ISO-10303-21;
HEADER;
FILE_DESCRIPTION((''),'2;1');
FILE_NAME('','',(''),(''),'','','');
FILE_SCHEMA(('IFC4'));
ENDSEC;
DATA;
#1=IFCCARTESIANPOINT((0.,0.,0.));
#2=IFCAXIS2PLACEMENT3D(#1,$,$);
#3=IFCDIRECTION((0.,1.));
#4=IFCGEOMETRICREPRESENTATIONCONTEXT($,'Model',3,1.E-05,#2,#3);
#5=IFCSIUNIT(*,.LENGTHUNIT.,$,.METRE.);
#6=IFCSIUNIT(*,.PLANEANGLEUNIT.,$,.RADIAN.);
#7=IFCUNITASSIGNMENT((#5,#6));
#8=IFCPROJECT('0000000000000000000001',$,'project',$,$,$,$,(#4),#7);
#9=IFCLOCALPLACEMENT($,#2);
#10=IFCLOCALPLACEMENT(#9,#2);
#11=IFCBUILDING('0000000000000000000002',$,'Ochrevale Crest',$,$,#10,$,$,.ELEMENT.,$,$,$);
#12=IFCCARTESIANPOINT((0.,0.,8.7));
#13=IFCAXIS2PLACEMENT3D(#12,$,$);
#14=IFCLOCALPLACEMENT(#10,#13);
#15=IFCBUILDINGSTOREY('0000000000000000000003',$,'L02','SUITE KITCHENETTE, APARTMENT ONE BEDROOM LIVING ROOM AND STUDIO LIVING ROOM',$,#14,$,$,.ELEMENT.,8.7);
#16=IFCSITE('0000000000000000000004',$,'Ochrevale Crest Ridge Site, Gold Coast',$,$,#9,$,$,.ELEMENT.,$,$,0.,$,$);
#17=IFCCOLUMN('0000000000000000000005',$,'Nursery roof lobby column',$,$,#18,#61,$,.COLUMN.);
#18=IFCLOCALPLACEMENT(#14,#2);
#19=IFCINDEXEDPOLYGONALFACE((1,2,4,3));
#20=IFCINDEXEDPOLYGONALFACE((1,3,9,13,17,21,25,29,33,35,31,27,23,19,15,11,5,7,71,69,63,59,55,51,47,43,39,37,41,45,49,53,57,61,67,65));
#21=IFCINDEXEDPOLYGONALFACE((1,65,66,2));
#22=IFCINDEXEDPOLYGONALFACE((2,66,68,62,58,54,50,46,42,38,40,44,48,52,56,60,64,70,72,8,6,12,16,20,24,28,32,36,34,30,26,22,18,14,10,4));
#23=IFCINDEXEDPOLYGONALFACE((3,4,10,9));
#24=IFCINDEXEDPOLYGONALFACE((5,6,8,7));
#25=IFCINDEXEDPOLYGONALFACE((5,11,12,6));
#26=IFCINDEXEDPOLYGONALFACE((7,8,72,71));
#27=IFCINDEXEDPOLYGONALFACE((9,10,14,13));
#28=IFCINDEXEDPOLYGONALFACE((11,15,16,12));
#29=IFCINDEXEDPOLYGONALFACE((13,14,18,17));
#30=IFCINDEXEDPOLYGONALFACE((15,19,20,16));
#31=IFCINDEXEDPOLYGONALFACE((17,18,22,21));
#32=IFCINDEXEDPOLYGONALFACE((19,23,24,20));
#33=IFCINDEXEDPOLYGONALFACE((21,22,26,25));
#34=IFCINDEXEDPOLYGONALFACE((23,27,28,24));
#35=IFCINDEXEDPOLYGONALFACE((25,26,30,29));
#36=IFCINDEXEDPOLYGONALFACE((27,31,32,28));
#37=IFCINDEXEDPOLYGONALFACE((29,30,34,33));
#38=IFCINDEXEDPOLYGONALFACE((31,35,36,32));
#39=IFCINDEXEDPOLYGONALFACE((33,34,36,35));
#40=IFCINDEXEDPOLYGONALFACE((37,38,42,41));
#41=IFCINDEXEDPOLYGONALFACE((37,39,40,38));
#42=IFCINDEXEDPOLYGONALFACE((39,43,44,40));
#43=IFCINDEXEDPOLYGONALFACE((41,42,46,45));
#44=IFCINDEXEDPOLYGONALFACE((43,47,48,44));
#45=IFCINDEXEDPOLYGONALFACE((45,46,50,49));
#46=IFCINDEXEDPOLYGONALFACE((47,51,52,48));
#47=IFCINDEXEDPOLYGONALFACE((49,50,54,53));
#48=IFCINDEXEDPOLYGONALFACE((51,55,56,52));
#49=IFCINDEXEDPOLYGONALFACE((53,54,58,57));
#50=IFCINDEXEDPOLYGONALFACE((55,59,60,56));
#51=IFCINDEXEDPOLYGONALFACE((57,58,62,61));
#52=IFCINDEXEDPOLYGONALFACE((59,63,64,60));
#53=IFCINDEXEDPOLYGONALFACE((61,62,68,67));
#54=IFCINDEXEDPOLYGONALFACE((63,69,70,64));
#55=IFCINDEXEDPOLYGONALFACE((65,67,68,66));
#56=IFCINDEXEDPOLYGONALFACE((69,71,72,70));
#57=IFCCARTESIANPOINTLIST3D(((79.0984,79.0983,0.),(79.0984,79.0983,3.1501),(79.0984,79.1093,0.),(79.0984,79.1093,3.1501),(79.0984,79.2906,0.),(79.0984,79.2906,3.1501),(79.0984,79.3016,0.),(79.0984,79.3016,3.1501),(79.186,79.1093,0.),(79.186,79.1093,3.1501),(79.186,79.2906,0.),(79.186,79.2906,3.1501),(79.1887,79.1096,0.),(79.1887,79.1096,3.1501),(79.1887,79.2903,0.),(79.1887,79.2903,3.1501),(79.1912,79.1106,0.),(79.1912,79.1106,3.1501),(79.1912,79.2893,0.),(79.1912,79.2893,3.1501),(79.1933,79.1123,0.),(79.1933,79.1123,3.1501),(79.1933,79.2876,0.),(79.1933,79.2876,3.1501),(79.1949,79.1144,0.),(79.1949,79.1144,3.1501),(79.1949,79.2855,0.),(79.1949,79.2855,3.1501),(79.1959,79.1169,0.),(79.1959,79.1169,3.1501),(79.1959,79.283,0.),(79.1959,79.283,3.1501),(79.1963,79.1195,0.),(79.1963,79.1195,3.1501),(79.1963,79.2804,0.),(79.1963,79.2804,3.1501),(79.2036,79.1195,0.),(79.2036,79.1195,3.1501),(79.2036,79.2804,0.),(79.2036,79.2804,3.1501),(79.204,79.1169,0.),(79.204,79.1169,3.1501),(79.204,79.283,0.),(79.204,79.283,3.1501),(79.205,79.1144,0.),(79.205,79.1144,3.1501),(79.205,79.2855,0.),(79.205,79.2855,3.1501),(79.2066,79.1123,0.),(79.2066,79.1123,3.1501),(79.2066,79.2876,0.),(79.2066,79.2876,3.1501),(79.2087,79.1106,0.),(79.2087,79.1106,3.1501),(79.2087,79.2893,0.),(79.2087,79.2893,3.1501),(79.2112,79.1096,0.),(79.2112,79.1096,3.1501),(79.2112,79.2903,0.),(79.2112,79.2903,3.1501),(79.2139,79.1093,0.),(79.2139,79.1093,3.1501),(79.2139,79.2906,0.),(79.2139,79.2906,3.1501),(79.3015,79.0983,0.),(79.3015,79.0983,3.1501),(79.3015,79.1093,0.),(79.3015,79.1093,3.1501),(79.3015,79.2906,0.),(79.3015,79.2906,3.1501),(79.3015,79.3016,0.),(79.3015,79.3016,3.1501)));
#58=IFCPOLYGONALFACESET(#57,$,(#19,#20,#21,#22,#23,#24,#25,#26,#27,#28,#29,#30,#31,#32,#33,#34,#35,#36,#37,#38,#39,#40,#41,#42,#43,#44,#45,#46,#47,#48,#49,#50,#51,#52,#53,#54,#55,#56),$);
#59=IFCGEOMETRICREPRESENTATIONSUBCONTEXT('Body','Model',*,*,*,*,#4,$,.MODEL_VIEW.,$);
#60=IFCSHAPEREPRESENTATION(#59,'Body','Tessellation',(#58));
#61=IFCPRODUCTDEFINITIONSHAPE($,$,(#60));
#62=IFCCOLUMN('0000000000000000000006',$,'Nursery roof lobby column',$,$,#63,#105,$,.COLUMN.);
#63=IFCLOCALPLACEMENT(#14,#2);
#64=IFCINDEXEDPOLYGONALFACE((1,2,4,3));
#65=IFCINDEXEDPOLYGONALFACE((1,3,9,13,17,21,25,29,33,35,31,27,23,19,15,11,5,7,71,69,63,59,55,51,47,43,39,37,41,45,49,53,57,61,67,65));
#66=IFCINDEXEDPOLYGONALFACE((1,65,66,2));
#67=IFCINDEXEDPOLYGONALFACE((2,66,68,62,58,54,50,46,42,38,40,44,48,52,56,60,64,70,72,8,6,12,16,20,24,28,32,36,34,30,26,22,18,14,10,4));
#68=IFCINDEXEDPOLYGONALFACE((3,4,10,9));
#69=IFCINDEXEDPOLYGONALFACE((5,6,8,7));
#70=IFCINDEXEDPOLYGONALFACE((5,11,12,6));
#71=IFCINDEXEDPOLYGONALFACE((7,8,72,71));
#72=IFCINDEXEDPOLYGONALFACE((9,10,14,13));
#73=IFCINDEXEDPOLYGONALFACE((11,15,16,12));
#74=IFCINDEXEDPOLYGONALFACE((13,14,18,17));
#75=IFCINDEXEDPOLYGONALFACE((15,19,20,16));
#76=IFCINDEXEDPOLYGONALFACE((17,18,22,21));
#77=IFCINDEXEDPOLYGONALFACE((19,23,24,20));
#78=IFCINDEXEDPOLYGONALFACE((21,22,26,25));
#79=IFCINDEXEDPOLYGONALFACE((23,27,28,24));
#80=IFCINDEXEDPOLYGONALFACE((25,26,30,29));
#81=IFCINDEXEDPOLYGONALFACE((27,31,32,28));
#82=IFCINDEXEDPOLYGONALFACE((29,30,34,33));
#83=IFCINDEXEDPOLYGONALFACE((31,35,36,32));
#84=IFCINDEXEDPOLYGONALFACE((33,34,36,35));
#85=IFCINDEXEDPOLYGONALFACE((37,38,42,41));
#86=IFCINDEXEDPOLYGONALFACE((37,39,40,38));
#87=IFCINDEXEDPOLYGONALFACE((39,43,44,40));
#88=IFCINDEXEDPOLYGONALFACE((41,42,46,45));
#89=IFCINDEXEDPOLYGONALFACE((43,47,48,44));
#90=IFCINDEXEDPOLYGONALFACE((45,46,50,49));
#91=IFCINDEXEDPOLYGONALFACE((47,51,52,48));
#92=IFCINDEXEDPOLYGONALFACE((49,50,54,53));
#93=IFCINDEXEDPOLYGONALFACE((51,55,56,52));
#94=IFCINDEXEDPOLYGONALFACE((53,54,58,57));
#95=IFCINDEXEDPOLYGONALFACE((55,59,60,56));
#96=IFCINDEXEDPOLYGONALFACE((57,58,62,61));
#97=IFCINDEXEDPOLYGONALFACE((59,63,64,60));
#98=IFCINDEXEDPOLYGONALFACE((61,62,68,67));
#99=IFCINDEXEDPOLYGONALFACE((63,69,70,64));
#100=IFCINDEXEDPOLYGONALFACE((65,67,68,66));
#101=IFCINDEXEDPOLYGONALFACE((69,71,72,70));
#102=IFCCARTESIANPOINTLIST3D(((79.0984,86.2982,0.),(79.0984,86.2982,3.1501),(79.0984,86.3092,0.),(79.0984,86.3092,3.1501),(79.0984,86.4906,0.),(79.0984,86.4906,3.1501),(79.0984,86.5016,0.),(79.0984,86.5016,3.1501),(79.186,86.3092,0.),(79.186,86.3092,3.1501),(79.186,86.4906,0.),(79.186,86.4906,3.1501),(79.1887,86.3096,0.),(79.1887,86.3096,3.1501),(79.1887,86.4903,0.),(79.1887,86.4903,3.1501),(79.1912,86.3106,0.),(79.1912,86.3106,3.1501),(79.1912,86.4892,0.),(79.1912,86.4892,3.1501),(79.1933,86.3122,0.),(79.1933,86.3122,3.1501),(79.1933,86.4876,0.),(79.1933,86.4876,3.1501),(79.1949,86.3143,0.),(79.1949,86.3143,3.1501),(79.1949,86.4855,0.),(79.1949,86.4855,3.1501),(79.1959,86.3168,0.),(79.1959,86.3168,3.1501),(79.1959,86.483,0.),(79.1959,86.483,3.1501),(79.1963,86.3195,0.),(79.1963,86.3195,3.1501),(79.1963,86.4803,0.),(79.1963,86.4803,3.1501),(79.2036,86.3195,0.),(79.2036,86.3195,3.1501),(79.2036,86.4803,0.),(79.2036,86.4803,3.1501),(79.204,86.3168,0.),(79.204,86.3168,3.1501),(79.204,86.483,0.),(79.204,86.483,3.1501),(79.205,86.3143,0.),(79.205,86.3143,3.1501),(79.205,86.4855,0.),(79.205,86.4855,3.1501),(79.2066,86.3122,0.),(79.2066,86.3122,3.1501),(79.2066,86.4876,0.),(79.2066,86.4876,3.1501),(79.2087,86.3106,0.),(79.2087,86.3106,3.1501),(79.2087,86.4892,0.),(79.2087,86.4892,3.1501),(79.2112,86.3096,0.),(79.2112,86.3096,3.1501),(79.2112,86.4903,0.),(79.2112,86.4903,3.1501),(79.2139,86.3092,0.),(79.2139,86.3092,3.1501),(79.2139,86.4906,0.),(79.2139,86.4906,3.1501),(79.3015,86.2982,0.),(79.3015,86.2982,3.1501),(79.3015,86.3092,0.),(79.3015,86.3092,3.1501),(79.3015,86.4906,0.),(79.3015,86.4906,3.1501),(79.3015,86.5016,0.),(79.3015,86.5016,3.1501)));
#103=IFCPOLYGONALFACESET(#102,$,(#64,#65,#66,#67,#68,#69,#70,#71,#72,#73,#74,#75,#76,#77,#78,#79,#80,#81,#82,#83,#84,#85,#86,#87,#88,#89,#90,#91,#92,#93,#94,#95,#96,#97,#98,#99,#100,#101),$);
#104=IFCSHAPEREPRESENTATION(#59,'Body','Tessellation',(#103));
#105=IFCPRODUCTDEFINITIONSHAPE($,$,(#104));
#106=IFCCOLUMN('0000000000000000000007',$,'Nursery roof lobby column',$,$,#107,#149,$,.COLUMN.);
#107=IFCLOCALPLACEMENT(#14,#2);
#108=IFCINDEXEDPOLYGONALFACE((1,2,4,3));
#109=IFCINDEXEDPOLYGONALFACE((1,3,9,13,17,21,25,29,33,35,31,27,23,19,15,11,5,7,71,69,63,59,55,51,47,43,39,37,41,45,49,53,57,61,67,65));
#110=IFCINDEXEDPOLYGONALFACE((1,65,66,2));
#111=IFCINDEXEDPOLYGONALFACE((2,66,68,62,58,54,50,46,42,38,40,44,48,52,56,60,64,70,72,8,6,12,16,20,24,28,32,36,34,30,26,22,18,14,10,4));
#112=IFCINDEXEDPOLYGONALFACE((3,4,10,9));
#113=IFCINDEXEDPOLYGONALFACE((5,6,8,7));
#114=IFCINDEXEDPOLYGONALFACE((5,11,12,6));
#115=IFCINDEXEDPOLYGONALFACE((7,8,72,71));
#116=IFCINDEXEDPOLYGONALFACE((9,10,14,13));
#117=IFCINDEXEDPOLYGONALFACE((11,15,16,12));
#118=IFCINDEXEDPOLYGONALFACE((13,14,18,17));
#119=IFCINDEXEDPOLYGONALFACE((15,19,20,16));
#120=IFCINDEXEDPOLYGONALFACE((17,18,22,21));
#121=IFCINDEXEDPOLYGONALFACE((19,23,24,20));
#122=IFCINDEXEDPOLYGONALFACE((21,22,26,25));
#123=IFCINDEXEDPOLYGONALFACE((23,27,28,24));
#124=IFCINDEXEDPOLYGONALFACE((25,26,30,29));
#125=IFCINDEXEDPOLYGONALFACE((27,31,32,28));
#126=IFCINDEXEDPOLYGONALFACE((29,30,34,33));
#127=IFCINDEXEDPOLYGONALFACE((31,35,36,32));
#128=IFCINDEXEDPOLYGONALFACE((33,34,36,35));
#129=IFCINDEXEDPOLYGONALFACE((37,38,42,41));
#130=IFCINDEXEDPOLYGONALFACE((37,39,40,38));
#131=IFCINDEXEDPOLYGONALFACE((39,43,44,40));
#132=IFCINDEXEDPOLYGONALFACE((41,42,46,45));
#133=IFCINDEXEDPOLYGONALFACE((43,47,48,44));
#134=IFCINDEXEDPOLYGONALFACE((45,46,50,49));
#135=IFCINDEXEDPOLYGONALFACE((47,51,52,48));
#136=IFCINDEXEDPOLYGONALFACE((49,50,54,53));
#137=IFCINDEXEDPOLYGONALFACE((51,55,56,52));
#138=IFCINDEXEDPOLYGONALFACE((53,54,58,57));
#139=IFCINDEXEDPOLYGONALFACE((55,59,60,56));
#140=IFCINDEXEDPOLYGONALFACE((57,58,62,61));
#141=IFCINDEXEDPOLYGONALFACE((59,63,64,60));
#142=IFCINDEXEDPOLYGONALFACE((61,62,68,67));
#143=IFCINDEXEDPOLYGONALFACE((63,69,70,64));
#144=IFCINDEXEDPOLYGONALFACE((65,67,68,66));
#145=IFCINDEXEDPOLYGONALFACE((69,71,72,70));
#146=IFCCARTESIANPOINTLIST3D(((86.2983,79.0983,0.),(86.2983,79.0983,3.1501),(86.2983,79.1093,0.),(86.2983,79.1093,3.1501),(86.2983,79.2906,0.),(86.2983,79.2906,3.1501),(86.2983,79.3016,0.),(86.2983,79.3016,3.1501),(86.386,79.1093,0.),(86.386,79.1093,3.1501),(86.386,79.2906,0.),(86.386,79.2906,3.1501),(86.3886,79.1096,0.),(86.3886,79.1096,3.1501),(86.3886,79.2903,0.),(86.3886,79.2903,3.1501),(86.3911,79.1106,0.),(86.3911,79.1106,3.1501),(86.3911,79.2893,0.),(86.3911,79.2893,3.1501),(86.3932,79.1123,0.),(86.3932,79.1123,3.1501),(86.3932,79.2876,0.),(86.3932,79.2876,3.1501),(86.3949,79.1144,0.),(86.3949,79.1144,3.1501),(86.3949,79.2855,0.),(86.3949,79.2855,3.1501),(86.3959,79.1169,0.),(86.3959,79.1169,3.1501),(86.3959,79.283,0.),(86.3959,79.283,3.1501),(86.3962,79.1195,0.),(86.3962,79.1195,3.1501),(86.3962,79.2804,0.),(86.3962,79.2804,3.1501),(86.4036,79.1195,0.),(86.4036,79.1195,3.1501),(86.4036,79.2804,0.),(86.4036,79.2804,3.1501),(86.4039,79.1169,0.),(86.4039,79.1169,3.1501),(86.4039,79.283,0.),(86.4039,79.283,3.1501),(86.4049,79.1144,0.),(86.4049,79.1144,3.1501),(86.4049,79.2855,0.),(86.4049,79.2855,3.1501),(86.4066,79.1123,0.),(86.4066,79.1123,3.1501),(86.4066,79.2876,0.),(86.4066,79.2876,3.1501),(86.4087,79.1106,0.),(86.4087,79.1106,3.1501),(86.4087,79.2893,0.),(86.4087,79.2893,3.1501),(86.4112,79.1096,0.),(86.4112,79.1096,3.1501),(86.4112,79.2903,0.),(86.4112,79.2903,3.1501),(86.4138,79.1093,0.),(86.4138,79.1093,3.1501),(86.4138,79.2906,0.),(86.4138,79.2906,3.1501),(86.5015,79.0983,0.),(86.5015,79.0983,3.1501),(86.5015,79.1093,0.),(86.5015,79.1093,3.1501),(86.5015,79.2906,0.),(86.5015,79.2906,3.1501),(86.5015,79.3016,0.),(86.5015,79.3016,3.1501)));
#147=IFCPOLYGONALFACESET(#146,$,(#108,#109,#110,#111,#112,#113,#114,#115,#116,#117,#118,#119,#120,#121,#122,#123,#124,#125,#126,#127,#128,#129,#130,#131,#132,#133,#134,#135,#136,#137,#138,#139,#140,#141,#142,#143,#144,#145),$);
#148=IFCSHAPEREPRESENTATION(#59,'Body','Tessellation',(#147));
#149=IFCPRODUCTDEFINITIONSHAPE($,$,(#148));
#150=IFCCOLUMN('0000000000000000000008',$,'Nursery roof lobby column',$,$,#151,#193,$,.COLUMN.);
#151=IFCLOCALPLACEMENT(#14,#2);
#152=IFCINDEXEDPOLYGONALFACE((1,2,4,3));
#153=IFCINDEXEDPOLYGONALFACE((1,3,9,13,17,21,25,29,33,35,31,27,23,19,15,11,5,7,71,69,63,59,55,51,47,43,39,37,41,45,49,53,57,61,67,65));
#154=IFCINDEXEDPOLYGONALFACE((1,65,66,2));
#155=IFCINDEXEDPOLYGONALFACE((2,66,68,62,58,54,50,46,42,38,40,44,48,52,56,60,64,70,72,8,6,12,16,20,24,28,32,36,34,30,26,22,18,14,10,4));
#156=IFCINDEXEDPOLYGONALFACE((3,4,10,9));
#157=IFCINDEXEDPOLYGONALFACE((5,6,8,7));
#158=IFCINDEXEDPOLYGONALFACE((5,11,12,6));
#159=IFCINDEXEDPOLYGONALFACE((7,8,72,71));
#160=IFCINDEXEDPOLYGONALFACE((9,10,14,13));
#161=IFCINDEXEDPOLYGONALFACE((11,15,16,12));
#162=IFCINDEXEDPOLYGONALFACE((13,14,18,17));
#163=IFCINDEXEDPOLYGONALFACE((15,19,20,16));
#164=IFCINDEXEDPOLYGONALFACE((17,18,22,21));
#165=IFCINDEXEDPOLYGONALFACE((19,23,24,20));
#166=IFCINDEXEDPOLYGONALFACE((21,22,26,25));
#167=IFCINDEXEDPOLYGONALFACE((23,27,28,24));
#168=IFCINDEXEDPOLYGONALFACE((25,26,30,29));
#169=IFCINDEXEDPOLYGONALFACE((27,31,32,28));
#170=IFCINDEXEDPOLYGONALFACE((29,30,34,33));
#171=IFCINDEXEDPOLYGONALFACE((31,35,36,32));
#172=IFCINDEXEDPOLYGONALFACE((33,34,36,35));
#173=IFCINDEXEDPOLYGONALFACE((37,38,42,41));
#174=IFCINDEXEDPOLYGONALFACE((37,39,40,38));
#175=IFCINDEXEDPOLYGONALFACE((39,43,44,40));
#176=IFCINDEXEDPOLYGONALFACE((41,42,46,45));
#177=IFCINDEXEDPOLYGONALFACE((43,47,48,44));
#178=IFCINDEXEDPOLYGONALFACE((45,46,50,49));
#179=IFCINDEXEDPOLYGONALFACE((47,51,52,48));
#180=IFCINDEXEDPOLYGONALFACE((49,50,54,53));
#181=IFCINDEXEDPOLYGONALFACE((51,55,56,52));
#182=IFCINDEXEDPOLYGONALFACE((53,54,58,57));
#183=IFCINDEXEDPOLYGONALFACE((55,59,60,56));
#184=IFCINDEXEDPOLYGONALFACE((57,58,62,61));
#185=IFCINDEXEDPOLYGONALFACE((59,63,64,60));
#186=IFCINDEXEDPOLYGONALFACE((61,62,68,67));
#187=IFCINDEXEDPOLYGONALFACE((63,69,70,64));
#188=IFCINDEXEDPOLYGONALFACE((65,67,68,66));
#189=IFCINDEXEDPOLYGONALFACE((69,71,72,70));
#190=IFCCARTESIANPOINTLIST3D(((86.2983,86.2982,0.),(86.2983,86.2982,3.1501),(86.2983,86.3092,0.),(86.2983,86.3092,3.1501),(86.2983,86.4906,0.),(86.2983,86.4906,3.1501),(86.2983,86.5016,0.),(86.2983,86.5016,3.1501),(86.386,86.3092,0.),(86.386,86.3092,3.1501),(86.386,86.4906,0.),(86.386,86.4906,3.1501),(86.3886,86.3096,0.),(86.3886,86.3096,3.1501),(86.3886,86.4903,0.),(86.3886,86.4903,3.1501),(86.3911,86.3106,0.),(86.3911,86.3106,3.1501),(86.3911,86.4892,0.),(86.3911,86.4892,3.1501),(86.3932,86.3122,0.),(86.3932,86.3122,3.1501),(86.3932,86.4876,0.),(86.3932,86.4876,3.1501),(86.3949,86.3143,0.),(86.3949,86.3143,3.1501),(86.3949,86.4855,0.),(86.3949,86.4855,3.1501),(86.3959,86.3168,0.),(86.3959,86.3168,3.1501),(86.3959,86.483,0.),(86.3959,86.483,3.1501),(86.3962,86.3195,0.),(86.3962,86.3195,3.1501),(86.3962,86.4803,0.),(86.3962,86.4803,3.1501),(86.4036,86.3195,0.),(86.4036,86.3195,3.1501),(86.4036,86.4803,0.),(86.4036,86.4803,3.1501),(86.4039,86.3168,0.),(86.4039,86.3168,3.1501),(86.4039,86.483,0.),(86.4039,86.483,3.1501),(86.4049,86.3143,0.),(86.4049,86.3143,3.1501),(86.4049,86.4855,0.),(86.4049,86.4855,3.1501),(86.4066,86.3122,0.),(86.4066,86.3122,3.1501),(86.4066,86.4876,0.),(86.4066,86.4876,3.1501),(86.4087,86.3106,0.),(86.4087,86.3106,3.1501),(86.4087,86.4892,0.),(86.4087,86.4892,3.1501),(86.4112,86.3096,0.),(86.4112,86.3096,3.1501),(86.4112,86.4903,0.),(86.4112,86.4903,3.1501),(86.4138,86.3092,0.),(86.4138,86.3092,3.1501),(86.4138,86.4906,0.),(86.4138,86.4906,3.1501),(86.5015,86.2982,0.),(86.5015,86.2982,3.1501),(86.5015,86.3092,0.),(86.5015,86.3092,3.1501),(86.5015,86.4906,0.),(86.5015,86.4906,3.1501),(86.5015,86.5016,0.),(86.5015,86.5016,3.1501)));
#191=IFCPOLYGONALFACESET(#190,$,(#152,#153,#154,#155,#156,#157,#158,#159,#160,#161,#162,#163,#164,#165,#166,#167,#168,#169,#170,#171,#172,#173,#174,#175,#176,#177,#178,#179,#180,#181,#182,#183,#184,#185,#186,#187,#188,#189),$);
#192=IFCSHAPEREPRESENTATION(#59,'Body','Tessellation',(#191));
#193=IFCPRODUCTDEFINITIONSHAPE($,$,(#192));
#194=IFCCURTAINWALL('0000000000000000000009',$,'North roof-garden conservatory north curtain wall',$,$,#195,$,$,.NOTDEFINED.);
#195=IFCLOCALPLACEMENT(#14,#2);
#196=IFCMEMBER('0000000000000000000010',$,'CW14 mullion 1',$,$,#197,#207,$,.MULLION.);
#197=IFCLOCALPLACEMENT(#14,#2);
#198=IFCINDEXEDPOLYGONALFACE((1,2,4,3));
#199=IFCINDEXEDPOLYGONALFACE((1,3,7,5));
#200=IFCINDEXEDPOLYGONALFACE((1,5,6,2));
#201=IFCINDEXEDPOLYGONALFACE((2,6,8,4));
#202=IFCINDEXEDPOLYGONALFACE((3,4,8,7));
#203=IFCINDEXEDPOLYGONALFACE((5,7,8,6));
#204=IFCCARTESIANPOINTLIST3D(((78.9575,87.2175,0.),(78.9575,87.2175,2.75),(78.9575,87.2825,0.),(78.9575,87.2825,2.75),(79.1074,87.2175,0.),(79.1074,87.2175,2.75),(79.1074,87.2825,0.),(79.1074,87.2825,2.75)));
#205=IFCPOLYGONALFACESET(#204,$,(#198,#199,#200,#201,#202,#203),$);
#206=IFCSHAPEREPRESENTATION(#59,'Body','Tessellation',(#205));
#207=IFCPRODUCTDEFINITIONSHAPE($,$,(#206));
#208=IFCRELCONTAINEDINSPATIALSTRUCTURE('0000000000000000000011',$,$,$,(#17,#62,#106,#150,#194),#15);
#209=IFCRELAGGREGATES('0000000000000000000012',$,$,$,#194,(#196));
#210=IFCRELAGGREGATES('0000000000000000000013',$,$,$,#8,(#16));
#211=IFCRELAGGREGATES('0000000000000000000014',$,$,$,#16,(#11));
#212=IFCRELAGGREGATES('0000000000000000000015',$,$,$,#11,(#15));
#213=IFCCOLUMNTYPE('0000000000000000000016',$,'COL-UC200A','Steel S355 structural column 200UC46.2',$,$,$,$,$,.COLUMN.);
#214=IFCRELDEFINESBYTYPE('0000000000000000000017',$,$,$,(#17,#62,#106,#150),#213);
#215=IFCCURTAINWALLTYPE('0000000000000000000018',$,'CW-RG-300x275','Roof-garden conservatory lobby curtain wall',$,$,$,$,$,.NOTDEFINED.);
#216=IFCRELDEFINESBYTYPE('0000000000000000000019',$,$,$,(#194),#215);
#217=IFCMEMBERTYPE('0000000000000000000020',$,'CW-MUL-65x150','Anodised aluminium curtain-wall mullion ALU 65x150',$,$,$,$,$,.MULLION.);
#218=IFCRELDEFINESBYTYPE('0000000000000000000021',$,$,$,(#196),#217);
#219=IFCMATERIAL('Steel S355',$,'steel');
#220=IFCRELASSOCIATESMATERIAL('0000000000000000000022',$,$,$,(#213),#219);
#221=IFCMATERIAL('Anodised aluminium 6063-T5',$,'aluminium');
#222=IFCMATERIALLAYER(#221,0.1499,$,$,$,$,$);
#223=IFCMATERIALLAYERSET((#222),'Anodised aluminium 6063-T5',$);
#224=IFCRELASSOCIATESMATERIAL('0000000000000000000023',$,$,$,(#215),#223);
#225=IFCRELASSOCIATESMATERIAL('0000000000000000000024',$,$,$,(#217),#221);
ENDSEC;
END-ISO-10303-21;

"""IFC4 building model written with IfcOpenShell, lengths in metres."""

from ifc_helpers import new_model, si_unit, direction, frame, origin, origin_2d, place, context, subcontext, project, spatial, rectangle, i_section, extrude, material, layer, layer_set, material_profile, profile_set, type_object, element, aggregate, save


model = new_model("IFC4")

# Units and contexts
model_context = context("Model", 3, precision=1e-05, world=origin(), true_north=direction((0.0, 1.0)))
body_context = subcontext(model_context, "Body", "Model", "MODEL_VIEW")
ifc_project = project(units=[si_unit("LENGTHUNIT", "METRE"), si_unit("PLANEANGLEUNIT", "RADIAN")], contexts=[model_context])

# Site, building, storey
site_placement = place(None, origin())
site = spatial("IfcSite", under=ifc_project, at=site_placement, Name="Ochrevale Crest Ridge Site, Gold Coast", CompositionType="ELEMENT", RefElevation=0.0)
building_placement = place(site_placement, origin())
building = spatial("IfcBuilding", under=site, at=building_placement, Name="Ochrevale Crest", CompositionType="ELEMENT")
storey_placement = place(building_placement, frame((0.0, 0.0, 8.7)))
storey = spatial("IfcBuildingStorey", under=building, at=storey_placement, Name="L02", Description="SUITE KITCHENETTE, APARTMENT ONE BEDROOM LIVING ROOM AND STUDIO LIVING ROOM", CompositionType="ELEMENT", Elevation=8.7)

# Columns
ifc_material_1 = material(Name="Steel S355", Category="steel")
ifc_material_profile_1 = material_profile(ifc_material_1, i_section(OverallWidth=0.2031, OverallDepth=0.2034, WebThickness=0.0073, FlangeThickness=0.011, FilletRadius=0.0103, at=origin_2d()), Name="200UC46.2")
ifc_profile_set_1 = profile_set([ifc_material_profile_1], Name="Steel S355")
column_type = type_object("IfcColumnType", Name="COL-UC200A", Description="Steel S355 structural column 200UC46.2", PredefinedType="COLUMN", material=ifc_profile_set_1)
for number, where, z_axis, x_axis, name in (
    (1, (79.2, 79.2, 0.0), (0.0, 0.0, 1.0), (1.0, 0.0, 0.0), "Nursery roof lobby column"),
    (2, (79.2, 86.3999, 0.0), (0.0, 0.0, 1.0), (1.0, 0.0, 0.0), "Nursery roof lobby column"),
    (3, (86.3999, 79.2, 0.0), (0.0, 0.0, 1.0), (1.0, 0.0, 0.0), "Nursery roof lobby column"),
    (4, (86.3999, 86.3999, 0.0), (0.0, 0.0, 1.0), (1.0, 0.0, 0.0), "Nursery roof lobby column"),
):
    element("IfcColumn", number, at=place(storey_placement, frame(where, z_axis=z_axis, x_axis=x_axis)), inside=storey, type_object=column_type, Name=name, PredefinedType="COLUMN", context=body_context, shape_type="SweptSolid", body=[
        extrude(i_section(OverallWidth=0.2031, OverallDepth=0.2034, WebThickness=0.0073, FlangeThickness=0.011, FilletRadius=0.0103, at=origin_2d()), origin(), (0.0, 0.0, 1.0), 3.1501),
    ])

# Curtain wall, member
ifc_material_2 = material(Name="Anodised aluminium 6063-T5", Category="aluminium")
ifc_layer_1 = layer(ifc_material_2, 0.1499)
ifc_layer_set_1 = layer_set([ifc_layer_1], Name="Anodised aluminium 6063-T5")
curtain_wall_type = type_object("IfcCurtainWallType", Name="CW-RG-300x275", Description="Roof-garden conservatory lobby curtain wall", PredefinedType="NOTDEFINED", material=ifc_layer_set_1)
curtain_wall_placement = place(storey_placement, origin())
curtain_wall = element("IfcCurtainWall", 5, at=curtain_wall_placement, inside=storey, type_object=curtain_wall_type, Name="North roof-garden conservatory north curtain wall", PredefinedType="NOTDEFINED")
ifc_material_profile_2 = material_profile(ifc_material_2, rectangle(XDim=0.0649, YDim=0.1499, at=origin_2d()), Name="ALU 65x150")
ifc_profile_set_2 = profile_set([ifc_material_profile_2], Name="Anodised aluminium 6063-T5")
member_type_1 = type_object("IfcMemberType", Name="CW-MUL-65x150", Description="Anodised aluminium curtain-wall mullion ALU 65x150", PredefinedType="MULLION", material=ifc_profile_set_2)
member_1_placement = place(storey_placement, frame((79.0325, 87.25, 0.0), z_axis=(0.0, 0.0, 1.0), x_axis=(0.0, 1.0, 0.0)))
member_1 = element("IfcMember", 6, at=member_1_placement, type_object=member_type_1, Name="CW14 mullion 1", PredefinedType="MULLION", context=body_context, shape_type="SweptSolid", body=[
    extrude(rectangle(XDim=0.0649, YDim=0.1499, at=origin_2d()), origin(), (0.0, 0.0, 1.0), 2.75),
])

aggregate(curtain_wall, [member_1])

save(model, "model.ifc")
